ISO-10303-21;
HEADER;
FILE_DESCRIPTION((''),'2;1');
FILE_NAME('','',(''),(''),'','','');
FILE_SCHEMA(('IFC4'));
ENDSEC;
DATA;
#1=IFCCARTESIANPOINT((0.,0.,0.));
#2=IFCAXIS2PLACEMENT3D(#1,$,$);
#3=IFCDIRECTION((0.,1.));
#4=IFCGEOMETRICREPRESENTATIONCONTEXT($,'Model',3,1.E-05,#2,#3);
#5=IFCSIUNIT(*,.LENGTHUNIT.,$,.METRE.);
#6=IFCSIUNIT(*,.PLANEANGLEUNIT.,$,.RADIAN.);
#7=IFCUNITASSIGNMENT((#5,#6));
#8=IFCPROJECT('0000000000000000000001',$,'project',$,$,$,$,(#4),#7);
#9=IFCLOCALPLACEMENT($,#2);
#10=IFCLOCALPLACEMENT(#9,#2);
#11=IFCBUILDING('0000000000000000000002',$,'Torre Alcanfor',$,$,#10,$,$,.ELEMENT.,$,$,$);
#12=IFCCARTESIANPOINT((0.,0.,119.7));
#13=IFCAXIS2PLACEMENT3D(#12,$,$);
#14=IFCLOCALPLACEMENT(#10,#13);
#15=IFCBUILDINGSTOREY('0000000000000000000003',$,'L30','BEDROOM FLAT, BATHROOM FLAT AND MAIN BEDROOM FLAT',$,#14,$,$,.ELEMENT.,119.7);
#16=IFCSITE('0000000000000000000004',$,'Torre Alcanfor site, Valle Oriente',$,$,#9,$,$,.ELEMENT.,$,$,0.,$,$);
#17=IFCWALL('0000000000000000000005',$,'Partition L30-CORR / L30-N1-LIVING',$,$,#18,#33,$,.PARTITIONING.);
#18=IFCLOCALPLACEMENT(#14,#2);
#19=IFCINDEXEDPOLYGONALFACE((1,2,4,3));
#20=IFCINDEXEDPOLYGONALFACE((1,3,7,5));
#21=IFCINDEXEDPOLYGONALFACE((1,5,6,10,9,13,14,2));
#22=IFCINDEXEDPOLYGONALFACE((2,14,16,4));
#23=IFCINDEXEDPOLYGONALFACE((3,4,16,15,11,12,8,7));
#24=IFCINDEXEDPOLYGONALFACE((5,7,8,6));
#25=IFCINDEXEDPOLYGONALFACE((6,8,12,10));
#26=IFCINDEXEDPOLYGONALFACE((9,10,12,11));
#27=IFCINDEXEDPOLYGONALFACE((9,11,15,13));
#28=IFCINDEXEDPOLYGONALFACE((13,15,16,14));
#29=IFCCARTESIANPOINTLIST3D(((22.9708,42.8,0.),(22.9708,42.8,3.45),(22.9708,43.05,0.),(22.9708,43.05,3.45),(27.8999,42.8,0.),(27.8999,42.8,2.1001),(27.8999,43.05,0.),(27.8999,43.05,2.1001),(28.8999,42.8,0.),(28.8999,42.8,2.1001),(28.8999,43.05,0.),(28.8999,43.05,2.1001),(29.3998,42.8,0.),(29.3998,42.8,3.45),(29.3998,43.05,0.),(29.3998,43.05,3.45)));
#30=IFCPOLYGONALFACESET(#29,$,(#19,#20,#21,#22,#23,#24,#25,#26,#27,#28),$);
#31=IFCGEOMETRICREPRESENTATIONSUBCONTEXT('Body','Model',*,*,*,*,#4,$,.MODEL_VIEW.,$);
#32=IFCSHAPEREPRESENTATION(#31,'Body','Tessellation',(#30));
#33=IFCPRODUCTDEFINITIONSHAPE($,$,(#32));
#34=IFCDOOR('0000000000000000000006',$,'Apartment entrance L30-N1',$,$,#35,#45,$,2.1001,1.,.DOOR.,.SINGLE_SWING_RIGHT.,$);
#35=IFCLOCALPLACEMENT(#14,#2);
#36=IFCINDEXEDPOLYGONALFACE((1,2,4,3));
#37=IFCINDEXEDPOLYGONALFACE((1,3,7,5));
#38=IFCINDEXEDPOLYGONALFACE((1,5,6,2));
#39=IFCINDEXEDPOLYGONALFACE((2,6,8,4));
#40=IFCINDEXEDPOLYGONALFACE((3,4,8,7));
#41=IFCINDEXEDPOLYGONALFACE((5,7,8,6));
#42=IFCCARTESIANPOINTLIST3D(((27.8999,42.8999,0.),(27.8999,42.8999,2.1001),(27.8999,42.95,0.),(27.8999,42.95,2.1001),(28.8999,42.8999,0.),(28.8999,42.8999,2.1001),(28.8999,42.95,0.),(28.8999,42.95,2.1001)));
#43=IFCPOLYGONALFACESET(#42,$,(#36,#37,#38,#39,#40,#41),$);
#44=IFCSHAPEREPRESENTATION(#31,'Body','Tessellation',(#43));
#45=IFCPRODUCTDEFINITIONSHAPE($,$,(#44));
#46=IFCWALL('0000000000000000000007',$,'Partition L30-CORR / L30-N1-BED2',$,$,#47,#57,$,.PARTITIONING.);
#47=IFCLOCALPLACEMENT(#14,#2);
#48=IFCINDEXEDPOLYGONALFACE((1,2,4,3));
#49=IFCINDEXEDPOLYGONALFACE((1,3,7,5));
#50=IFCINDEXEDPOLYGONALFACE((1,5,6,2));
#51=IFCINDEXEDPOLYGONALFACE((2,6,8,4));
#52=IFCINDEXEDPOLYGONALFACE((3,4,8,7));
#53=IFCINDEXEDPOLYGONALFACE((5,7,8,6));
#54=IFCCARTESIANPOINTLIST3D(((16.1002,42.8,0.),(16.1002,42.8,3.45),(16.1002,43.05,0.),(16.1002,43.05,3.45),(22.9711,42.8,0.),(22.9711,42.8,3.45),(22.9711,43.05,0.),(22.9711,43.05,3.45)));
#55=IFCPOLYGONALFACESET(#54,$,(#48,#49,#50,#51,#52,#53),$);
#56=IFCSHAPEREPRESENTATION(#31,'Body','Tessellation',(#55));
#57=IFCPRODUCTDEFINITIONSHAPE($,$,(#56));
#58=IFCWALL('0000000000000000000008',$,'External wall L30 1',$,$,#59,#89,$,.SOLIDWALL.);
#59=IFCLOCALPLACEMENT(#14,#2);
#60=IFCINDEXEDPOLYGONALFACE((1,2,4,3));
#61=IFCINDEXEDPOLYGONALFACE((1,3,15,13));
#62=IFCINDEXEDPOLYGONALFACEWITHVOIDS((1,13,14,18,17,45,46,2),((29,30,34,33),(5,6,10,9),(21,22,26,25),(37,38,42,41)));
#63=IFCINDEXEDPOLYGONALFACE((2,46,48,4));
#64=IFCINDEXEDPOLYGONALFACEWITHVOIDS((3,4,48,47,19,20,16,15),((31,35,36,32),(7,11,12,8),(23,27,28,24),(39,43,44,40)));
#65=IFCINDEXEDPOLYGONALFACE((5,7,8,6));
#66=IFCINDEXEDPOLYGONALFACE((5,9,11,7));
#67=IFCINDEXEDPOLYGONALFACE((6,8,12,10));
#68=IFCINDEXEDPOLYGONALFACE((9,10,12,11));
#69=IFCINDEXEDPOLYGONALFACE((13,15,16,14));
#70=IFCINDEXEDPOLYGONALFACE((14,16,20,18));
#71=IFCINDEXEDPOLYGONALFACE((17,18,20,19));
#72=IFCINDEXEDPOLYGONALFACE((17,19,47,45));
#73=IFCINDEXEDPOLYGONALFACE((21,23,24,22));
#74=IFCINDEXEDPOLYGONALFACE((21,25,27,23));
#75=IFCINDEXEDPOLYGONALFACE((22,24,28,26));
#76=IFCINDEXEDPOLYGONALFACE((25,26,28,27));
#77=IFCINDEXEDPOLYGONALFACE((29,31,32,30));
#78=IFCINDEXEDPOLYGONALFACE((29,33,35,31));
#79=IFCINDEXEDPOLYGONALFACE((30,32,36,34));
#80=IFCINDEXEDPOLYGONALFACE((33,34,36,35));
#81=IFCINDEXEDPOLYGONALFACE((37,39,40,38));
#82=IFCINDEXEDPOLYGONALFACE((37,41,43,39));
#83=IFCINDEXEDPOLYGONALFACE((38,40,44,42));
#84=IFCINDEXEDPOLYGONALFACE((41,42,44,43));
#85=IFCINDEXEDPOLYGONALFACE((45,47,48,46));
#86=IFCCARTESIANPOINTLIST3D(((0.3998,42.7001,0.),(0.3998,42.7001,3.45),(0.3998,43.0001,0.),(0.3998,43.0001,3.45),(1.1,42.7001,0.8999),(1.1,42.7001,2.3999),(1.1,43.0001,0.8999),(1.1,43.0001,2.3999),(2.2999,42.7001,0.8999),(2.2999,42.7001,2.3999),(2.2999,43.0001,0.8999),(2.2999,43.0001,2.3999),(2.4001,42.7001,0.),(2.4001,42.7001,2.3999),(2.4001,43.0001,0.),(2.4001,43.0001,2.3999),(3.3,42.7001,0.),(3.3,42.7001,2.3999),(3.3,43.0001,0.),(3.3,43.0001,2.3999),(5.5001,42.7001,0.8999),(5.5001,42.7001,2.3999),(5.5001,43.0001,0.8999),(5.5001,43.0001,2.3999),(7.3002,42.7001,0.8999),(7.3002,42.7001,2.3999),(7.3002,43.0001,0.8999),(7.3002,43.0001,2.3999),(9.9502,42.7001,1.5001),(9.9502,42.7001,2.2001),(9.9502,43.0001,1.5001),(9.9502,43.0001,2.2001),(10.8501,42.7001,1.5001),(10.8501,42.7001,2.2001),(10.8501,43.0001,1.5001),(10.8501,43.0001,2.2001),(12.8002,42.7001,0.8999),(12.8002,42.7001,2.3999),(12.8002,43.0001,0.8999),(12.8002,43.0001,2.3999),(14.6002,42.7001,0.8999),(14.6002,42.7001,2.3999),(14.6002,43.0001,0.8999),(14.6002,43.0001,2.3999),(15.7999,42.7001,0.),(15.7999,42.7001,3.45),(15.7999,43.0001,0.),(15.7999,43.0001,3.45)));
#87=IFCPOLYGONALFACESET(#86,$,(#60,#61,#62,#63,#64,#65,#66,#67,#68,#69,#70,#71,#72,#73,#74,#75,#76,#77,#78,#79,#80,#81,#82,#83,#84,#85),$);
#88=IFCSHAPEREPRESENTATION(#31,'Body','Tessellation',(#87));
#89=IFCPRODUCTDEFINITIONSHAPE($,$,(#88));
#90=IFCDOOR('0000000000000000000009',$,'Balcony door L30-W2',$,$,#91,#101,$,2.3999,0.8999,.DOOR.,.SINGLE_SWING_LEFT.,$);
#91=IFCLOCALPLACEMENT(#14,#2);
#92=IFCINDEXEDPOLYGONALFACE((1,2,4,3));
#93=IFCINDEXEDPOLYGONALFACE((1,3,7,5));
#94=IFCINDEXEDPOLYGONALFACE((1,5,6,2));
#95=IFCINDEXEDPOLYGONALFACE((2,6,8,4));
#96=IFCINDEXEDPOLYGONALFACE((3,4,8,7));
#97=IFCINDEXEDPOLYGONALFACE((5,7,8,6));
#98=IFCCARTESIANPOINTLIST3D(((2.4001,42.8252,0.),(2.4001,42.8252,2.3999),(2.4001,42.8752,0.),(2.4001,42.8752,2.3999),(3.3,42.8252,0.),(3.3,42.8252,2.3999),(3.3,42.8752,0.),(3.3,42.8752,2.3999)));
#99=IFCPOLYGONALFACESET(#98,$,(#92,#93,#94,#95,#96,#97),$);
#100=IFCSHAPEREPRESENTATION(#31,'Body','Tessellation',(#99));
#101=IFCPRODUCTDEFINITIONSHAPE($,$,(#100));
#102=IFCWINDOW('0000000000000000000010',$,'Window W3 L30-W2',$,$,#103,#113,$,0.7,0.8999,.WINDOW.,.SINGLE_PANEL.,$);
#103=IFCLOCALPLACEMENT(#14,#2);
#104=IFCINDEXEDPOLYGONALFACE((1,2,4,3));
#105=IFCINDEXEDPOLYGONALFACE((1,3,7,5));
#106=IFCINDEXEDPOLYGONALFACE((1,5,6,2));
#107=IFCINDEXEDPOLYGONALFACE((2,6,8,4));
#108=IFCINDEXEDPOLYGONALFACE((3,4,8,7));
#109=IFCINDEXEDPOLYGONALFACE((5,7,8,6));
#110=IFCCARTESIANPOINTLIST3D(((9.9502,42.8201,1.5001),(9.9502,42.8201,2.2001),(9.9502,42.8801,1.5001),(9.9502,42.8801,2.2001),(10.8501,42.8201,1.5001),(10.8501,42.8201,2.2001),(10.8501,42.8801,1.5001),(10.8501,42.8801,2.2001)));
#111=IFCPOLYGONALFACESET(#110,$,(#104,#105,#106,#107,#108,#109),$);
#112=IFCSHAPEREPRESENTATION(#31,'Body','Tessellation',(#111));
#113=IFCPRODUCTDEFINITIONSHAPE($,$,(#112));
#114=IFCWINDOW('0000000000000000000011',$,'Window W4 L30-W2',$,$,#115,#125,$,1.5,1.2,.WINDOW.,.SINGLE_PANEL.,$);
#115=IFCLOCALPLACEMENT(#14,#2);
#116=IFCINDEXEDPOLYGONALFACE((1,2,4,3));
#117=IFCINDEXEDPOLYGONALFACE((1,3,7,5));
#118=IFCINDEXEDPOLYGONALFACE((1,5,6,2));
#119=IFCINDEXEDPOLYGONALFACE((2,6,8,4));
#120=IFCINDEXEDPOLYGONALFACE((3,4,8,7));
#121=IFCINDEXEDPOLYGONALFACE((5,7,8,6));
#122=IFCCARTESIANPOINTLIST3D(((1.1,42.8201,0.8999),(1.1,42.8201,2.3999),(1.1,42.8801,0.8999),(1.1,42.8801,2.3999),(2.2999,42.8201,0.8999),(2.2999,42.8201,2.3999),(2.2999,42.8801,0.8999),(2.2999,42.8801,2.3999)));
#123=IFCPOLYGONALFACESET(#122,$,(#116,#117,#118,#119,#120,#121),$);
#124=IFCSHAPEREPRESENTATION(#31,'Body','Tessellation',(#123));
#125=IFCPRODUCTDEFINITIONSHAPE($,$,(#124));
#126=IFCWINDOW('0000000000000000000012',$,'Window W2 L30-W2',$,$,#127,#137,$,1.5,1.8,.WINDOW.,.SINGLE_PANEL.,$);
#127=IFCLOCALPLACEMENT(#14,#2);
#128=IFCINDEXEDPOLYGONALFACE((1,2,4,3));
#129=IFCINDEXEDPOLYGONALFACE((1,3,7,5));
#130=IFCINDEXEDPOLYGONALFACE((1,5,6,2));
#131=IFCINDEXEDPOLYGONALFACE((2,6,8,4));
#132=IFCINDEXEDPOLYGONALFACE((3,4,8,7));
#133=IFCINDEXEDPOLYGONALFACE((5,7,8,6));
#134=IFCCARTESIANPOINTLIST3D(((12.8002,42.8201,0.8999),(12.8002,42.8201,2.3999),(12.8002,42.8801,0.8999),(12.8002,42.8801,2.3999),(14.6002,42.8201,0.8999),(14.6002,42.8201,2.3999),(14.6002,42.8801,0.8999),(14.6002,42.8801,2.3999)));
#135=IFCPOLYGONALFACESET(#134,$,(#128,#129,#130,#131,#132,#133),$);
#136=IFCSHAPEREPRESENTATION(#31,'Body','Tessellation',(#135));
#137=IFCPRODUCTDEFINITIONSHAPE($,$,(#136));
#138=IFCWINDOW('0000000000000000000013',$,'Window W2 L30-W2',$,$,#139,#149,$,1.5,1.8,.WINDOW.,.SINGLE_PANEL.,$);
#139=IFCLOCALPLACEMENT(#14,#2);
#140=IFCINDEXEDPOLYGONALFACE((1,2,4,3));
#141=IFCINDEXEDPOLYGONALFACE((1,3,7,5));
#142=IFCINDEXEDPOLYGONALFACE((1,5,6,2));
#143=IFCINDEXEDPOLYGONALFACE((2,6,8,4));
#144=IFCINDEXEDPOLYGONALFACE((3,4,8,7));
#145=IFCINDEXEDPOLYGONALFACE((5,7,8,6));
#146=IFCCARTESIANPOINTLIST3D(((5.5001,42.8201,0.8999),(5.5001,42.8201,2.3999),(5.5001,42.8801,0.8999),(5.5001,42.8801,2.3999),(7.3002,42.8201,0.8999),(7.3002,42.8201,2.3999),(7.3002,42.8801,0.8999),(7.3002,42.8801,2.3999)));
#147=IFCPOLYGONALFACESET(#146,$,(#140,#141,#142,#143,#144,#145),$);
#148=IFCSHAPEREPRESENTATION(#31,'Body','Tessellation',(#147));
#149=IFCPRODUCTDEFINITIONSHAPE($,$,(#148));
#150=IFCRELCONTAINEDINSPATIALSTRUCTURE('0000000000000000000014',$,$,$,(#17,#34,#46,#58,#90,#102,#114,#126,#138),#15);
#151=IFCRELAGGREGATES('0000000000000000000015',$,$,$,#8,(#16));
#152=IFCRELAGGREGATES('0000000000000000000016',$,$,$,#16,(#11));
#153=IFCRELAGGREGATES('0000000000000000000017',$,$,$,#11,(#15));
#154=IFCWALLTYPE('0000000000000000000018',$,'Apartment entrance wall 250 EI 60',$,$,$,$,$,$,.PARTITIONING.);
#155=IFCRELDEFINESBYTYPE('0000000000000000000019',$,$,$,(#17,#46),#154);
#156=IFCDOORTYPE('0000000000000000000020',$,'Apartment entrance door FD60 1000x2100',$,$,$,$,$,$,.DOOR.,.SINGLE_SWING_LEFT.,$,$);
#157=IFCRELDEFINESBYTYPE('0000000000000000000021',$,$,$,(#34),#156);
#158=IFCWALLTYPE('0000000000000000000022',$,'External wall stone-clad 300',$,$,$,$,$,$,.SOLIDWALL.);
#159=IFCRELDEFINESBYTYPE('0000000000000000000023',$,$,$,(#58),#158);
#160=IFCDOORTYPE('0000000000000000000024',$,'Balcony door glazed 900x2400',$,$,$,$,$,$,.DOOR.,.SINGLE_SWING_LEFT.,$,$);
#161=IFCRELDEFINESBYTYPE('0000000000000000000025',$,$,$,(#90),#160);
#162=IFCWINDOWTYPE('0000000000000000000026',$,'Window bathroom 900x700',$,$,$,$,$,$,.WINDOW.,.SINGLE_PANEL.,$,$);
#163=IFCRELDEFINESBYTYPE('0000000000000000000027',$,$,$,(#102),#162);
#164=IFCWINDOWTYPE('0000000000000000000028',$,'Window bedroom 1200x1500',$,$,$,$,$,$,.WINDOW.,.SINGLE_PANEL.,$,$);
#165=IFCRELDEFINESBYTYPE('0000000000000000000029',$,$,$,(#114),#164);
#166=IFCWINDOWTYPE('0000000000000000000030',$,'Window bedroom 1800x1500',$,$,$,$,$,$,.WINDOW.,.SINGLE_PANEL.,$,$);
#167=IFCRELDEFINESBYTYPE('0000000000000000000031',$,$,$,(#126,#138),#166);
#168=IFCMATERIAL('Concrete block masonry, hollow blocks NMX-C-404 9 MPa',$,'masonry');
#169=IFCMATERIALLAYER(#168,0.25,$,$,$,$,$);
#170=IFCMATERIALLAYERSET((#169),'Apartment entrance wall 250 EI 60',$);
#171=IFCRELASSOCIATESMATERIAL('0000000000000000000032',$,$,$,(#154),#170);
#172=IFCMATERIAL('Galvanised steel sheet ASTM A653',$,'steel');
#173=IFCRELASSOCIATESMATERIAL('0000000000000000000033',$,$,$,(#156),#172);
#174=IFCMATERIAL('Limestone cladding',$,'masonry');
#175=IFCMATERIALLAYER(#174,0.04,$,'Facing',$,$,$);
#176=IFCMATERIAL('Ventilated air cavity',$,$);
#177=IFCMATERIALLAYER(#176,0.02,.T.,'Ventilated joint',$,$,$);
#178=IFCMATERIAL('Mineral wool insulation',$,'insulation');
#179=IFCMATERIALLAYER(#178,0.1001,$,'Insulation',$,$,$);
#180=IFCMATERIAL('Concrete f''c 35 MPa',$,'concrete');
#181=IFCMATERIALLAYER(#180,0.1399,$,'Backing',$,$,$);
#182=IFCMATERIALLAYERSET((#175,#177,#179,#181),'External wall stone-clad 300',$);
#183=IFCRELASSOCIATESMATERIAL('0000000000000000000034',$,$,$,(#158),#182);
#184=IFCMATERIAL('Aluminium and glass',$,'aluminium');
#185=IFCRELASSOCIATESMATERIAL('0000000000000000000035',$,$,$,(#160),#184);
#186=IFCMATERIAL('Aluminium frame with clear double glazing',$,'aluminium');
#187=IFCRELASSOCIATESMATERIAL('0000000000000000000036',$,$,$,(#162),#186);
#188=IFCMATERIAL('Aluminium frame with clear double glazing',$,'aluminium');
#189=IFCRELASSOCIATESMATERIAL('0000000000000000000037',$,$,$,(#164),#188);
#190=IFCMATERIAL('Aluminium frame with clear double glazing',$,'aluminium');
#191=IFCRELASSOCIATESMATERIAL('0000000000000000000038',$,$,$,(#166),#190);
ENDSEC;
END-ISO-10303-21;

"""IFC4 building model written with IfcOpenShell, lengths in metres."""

from ifc_helpers import new_model, si_unit, direction, frame, frame_2d, origin, place, context, subcontext, project, spatial, rectangle, extrude, material, layer, layer_set, type_object, element, fill, save


model = new_model("IFC4")

# Units and contexts
model_context = context("Model", 3, precision=1e-05, world=origin(), true_north=direction((0.0, 1.0)))
body_context = subcontext(model_context, "Body", "Model", "MODEL_VIEW")
ifc_project = project(units=[si_unit("LENGTHUNIT", "METRE"), si_unit("PLANEANGLEUNIT", "RADIAN")], contexts=[model_context])

# Site, building, storey
site_placement = place(None, origin())
site = spatial("IfcSite", under=ifc_project, at=site_placement, Name="Torre Alcanfor site, Valle Oriente", CompositionType="ELEMENT", RefElevation=0.0)
building_placement = place(site_placement, origin())
building = spatial("IfcBuilding", under=site, at=building_placement, Name="Torre Alcanfor", CompositionType="ELEMENT")
storey_placement = place(building_placement, frame((0.0, 0.0, 119.7)))
storey = spatial("IfcBuildingStorey", under=building, at=storey_placement, Name="L30", Description="BEDROOM FLAT, BATHROOM FLAT AND MAIN BEDROOM FLAT", CompositionType="ELEMENT", Elevation=119.7)

# Wall, opening, door
ifc_material_1 = material(Name="Concrete block masonry, hollow blocks NMX-C-404 9 MPa", Category="masonry")
ifc_layer_1 = layer(ifc_material_1, 0.25)
ifc_layer_set_1 = layer_set([ifc_layer_1], Name="Apartment entrance wall 250 EI 60")
wall_type_1 = type_object("IfcWallType", Name="Apartment entrance wall 250 EI 60", PredefinedType="PARTITIONING", material=ifc_layer_set_1)
wall_1_placement = place(storey_placement, frame((22.9709, 42.925, 0.0), z_axis=(0.0, 0.0, 1.0), x_axis=(1.0, 0.0, 0.0)))
wall_1 = element("IfcWall", 1, at=wall_1_placement, inside=storey, type_object=wall_type_1, Name="Partition L30-CORR / L30-N1-LIVING", PredefinedType="PARTITIONING", context=body_context, shape_type="SweptSolid", body=[
    extrude(rectangle(XDim=6.429, YDim=0.25, at=frame_2d((3.2144, 0.0))), origin(), (0.0, 0.0, 1.0), 3.45),
])
opening_1_placement = place(wall_1_placement, frame((4.929, 0.0, 0.0)))
opening_1 = element("IfcOpeningElement", 2, at=opening_1_placement, cuts=wall_1, PredefinedType="OPENING", context=body_context, shape_type="SweptSolid", body=[
    extrude(rectangle(XDim=1.0, YDim=2.1001, at=frame_2d((0.5, 1.05))), frame((0.0, 0.135, 0.0), z_axis=(0.0, -1.0, 0.0), x_axis=(1.0, 0.0, 0.0)), (0.0, 0.0, 1.0), 0.27),
])
ifc_material_2 = material(Name="Galvanised steel sheet ASTM A653", Category="steel")
door_type_1 = type_object("IfcDoorType", Name="Apartment entrance door FD60 1000x2100", OperationType="SINGLE_SWING_LEFT", PredefinedType="DOOR", material=ifc_material_2)
door_1_placement = place(opening_1_placement, origin())
door_1 = element("IfcDoor", 3, at=door_1_placement, inside=storey, type_object=door_type_1, Name="Apartment entrance L30-N1", OperationType="SINGLE_SWING_RIGHT", OverallHeight=2.1001, OverallWidth=1.0, PredefinedType="DOOR", context=body_context, shape_type="SweptSolid", body=[
    extrude(rectangle(XDim=1.0, YDim=2.1001, at=frame_2d((0.5, 1.05))), frame((0.0, 0.0249, 0.0), z_axis=(0.0, -1.0, 0.0), x_axis=(1.0, 0.0, 0.0)), (0.0, 0.0, 1.0), 0.05),
])
fill(opening_1, door_1)

# Wall
wall_2_placement = place(storey_placement, frame((16.1001, 42.925, 0.0), z_axis=(0.0, 0.0, 1.0), x_axis=(1.0, 0.0, 0.0)))
element("IfcWall", 4, at=wall_2_placement, inside=storey, type_object=wall_type_1, Name="Partition L30-CORR / L30-N1-BED2", PredefinedType="PARTITIONING", context=body_context, shape_type="SweptSolid", body=[
    extrude(rectangle(XDim=6.8708, YDim=0.25, at=frame_2d((3.4355, 0.0))), origin(), (0.0, 0.0, 1.0), 3.45),
])

# Wall, openings, door, windows
ifc_material_3 = material(Name="Limestone cladding", Category="masonry")
ifc_layer_2 = layer(ifc_material_3, 0.04, Name="Facing")
ifc_material_4 = material(Name="Ventilated air cavity")
ifc_layer_3 = layer(ifc_material_4, 0.02, ventilated=True, Name="Ventilated joint")
ifc_material_5 = material(Name="Mineral wool insulation", Category="insulation")
ifc_layer_4 = layer(ifc_material_5, 0.1001, Name="Insulation")
ifc_material_6 = material(Name="Concrete f'c 35 MPa", Category="concrete")
ifc_layer_5 = layer(ifc_material_6, 0.1399, Name="Backing")
ifc_layer_set_2 = layer_set([ifc_layer_2, ifc_layer_3, ifc_layer_4, ifc_layer_5], Name="External wall stone-clad 300")
wall_type_2 = type_object("IfcWallType", Name="External wall stone-clad 300", PredefinedType="SOLIDWALL", material=ifc_layer_set_2)
wall_3_placement = place(storey_placement, frame((15.8, 42.8501, 0.0), z_axis=(0.0, 0.0, 1.0), x_axis=(-1.0, 0.0, 0.0)))
wall_3 = element("IfcWall", 5, at=wall_3_placement, inside=storey, type_object=wall_type_2, Name="External wall L30 1", PredefinedType="SOLIDWALL", context=body_context, shape_type="SweptSolid", body=[
    extrude(rectangle(XDim=15.4001, YDim=0.3, at=frame_2d((7.7002, 0.0))), origin(), (0.0, 0.0, 1.0), 3.45),
])
opening_2_placement = place(wall_3_placement, frame((1.2, 0.0, 0.8999)))
opening_2 = element("IfcOpeningElement", 6, at=opening_2_placement, cuts=wall_3, PredefinedType="OPENING", context=body_context, shape_type="SweptSolid", body=[
    extrude(rectangle(XDim=1.8, YDim=1.5, at=frame_2d((0.8999, 0.75))), frame((0.0, 0.1599, 0.0), z_axis=(0.0, -1.0, 0.0), x_axis=(1.0, 0.0, 0.0)), (0.0, 0.0, 1.0), 0.3201),
])
opening_3_placement = place(wall_3_placement, frame((4.95, 0.0, 1.5)))
opening_3 = element("IfcOpeningElement", 7, at=opening_3_placement, cuts=wall_3, PredefinedType="OPENING", context=body_context, shape_type="SweptSolid", body=[
    extrude(rectangle(XDim=0.8999, YDim=0.7, at=frame_2d((0.45, 0.3501))), frame((0.0, 0.1599, 0.0), z_axis=(0.0, -1.0, 0.0), x_axis=(1.0, 0.0, 0.0)), (0.0, 0.0, 1.0), 0.3201),
])
opening_4_placement = place(wall_3_placement, frame((8.5, 0.0, 0.8999)))
opening_4 = element("IfcOpeningElement", 8, at=opening_4_placement, cuts=wall_3, PredefinedType="OPENING", context=body_context, shape_type="SweptSolid", body=[
    extrude(rectangle(XDim=1.8, YDim=1.5, at=frame_2d((0.8999, 0.75))), frame((0.0, 0.1599, 0.0), z_axis=(0.0, -1.0, 0.0), x_axis=(1.0, 0.0, 0.0)), (0.0, 0.0, 1.0), 0.3201),
])
opening_5_placement = place(wall_3_placement, frame((12.5, 0.0, 0.0)))
opening_5 = element("IfcOpeningElement", 9, at=opening_5_placement, cuts=wall_3, PredefinedType="OPENING", context=body_context, shape_type="SweptSolid", body=[
    extrude(rectangle(XDim=0.8999, YDim=2.3999, at=frame_2d((0.45, 1.2))), frame((0.0, 0.1599, 0.0), z_axis=(0.0, -1.0, 0.0), x_axis=(1.0, 0.0, 0.0)), (0.0, 0.0, 1.0), 0.3201),
])
opening_6_placement = place(wall_3_placement, frame((13.5, 0.0, 0.8999)))
opening_6 = element("IfcOpeningElement", 10, at=opening_6_placement, cuts=wall_3, PredefinedType="OPENING", context=body_context, shape_type="SweptSolid", body=[
    extrude(rectangle(XDim=1.2, YDim=1.5, at=frame_2d((0.6001, 0.75))), frame((0.0, 0.1599, 0.0), z_axis=(0.0, -1.0, 0.0), x_axis=(1.0, 0.0, 0.0)), (0.0, 0.0, 1.0), 0.3201),
])
ifc_material_7 = material(Name="Aluminium and glass", Category="aluminium")
door_type_2 = type_object("IfcDoorType", Name="Balcony door glazed 900x2400", OperationType="SINGLE_SWING_LEFT", PredefinedType="DOOR", material=ifc_material_7)
door_2_placement = place(opening_5_placement, origin())
door_2 = element("IfcDoor", 11, at=door_2_placement, inside=storey, type_object=door_type_2, Name="Balcony door L30-W2", OperationType="SINGLE_SWING_LEFT", OverallHeight=2.3999, OverallWidth=0.8999, PredefinedType="DOOR", context=body_context, shape_type="SweptSolid", body=[
    extrude(rectangle(XDim=0.8999, YDim=2.3999, at=frame_2d((0.45, 1.2))), frame((0.0, 0.0249, 0.0), z_axis=(0.0, -1.0, 0.0), x_axis=(1.0, 0.0, 0.0)), (0.0, 0.0, 1.0), 0.05),
])
fill(opening_5, door_2)
ifc_material_8 = material(Name="Aluminium frame with clear double glazing", Category="aluminium")
window_type_1 = type_object("IfcWindowType", Name="Window bathroom 900x700", PartitioningType="SINGLE_PANEL", PredefinedType="WINDOW", material=ifc_material_8)
window_1_placement = place(opening_3_placement, origin())
window_1 = element("IfcWindow", 12, at=window_1_placement, inside=storey, type_object=window_type_1, Name="Window W3 L30-W2", OverallHeight=0.7, OverallWidth=0.8999, PartitioningType="SINGLE_PANEL", PredefinedType="WINDOW", context=body_context, shape_type="SweptSolid", body=[
    extrude(rectangle(XDim=0.8999, YDim=0.7, at=frame_2d((0.45, 0.3501))), frame((0.0, 0.03, 0.0), z_axis=(0.0, -1.0, 0.0), x_axis=(1.0, 0.0, 0.0)), (0.0, 0.0, 1.0), 0.0601),
])
fill(opening_3, window_1)
ifc_material_9 = material(Name="Aluminium frame with clear double glazing", Category="aluminium")
window_type_2 = type_object("IfcWindowType", Name="Window bedroom 1200x1500", PartitioningType="SINGLE_PANEL", PredefinedType="WINDOW", material=ifc_material_9)
window_2_placement = place(opening_6_placement, origin())
window_2 = element("IfcWindow", 13, at=window_2_placement, inside=storey, type_object=window_type_2, Name="Window W4 L30-W2", OverallHeight=1.5, OverallWidth=1.2, PartitioningType="SINGLE_PANEL", PredefinedType="WINDOW", context=body_context, shape_type="SweptSolid", body=[
    extrude(rectangle(XDim=1.2, YDim=1.5, at=frame_2d((0.6001, 0.75))), frame((0.0, 0.03, 0.0), z_axis=(0.0, -1.0, 0.0), x_axis=(1.0, 0.0, 0.0)), (0.0, 0.0, 1.0), 0.0601),
])
fill(opening_6, window_2)
ifc_material_10 = material(Name="Aluminium frame with clear double glazing", Category="aluminium")
window_type_3 = type_object("IfcWindowType", Name="Window bedroom 1800x1500", PartitioningType="SINGLE_PANEL", PredefinedType="WINDOW", material=ifc_material_10)
window_3_placement = place(opening_2_placement, origin())
window_3 = element("IfcWindow", 14, at=window_3_placement, inside=storey, type_object=window_type_3, Name="Window W2 L30-W2", OverallHeight=1.5, OverallWidth=1.8, PartitioningType="SINGLE_PANEL", PredefinedType="WINDOW", context=body_context, shape_type="SweptSolid", body=[
    extrude(rectangle(XDim=1.8, YDim=1.5, at=frame_2d((0.8999, 0.75))), frame((0.0, 0.03, 0.0), z_axis=(0.0, -1.0, 0.0), x_axis=(1.0, 0.0, 0.0)), (0.0, 0.0, 1.0), 0.0601),
])
fill(opening_2, window_3)
window_4_placement = place(opening_4_placement, origin())
window_4 = element("IfcWindow", 15, at=window_4_placement, inside=storey, type_object=window_type_3, Name="Window W2 L30-W2", OverallHeight=1.5, OverallWidth=1.8, PartitioningType="SINGLE_PANEL", PredefinedType="WINDOW", context=body_context, shape_type="SweptSolid", body=[
    extrude(rectangle(XDim=1.8, YDim=1.5, at=frame_2d((0.8999, 0.75))), frame((0.0, 0.03, 0.0), z_axis=(0.0, -1.0, 0.0), x_axis=(1.0, 0.0, 0.0)), (0.0, 0.0, 1.0), 0.0601),
])
fill(opening_4, window_4)

save(model, "model.ifc")
